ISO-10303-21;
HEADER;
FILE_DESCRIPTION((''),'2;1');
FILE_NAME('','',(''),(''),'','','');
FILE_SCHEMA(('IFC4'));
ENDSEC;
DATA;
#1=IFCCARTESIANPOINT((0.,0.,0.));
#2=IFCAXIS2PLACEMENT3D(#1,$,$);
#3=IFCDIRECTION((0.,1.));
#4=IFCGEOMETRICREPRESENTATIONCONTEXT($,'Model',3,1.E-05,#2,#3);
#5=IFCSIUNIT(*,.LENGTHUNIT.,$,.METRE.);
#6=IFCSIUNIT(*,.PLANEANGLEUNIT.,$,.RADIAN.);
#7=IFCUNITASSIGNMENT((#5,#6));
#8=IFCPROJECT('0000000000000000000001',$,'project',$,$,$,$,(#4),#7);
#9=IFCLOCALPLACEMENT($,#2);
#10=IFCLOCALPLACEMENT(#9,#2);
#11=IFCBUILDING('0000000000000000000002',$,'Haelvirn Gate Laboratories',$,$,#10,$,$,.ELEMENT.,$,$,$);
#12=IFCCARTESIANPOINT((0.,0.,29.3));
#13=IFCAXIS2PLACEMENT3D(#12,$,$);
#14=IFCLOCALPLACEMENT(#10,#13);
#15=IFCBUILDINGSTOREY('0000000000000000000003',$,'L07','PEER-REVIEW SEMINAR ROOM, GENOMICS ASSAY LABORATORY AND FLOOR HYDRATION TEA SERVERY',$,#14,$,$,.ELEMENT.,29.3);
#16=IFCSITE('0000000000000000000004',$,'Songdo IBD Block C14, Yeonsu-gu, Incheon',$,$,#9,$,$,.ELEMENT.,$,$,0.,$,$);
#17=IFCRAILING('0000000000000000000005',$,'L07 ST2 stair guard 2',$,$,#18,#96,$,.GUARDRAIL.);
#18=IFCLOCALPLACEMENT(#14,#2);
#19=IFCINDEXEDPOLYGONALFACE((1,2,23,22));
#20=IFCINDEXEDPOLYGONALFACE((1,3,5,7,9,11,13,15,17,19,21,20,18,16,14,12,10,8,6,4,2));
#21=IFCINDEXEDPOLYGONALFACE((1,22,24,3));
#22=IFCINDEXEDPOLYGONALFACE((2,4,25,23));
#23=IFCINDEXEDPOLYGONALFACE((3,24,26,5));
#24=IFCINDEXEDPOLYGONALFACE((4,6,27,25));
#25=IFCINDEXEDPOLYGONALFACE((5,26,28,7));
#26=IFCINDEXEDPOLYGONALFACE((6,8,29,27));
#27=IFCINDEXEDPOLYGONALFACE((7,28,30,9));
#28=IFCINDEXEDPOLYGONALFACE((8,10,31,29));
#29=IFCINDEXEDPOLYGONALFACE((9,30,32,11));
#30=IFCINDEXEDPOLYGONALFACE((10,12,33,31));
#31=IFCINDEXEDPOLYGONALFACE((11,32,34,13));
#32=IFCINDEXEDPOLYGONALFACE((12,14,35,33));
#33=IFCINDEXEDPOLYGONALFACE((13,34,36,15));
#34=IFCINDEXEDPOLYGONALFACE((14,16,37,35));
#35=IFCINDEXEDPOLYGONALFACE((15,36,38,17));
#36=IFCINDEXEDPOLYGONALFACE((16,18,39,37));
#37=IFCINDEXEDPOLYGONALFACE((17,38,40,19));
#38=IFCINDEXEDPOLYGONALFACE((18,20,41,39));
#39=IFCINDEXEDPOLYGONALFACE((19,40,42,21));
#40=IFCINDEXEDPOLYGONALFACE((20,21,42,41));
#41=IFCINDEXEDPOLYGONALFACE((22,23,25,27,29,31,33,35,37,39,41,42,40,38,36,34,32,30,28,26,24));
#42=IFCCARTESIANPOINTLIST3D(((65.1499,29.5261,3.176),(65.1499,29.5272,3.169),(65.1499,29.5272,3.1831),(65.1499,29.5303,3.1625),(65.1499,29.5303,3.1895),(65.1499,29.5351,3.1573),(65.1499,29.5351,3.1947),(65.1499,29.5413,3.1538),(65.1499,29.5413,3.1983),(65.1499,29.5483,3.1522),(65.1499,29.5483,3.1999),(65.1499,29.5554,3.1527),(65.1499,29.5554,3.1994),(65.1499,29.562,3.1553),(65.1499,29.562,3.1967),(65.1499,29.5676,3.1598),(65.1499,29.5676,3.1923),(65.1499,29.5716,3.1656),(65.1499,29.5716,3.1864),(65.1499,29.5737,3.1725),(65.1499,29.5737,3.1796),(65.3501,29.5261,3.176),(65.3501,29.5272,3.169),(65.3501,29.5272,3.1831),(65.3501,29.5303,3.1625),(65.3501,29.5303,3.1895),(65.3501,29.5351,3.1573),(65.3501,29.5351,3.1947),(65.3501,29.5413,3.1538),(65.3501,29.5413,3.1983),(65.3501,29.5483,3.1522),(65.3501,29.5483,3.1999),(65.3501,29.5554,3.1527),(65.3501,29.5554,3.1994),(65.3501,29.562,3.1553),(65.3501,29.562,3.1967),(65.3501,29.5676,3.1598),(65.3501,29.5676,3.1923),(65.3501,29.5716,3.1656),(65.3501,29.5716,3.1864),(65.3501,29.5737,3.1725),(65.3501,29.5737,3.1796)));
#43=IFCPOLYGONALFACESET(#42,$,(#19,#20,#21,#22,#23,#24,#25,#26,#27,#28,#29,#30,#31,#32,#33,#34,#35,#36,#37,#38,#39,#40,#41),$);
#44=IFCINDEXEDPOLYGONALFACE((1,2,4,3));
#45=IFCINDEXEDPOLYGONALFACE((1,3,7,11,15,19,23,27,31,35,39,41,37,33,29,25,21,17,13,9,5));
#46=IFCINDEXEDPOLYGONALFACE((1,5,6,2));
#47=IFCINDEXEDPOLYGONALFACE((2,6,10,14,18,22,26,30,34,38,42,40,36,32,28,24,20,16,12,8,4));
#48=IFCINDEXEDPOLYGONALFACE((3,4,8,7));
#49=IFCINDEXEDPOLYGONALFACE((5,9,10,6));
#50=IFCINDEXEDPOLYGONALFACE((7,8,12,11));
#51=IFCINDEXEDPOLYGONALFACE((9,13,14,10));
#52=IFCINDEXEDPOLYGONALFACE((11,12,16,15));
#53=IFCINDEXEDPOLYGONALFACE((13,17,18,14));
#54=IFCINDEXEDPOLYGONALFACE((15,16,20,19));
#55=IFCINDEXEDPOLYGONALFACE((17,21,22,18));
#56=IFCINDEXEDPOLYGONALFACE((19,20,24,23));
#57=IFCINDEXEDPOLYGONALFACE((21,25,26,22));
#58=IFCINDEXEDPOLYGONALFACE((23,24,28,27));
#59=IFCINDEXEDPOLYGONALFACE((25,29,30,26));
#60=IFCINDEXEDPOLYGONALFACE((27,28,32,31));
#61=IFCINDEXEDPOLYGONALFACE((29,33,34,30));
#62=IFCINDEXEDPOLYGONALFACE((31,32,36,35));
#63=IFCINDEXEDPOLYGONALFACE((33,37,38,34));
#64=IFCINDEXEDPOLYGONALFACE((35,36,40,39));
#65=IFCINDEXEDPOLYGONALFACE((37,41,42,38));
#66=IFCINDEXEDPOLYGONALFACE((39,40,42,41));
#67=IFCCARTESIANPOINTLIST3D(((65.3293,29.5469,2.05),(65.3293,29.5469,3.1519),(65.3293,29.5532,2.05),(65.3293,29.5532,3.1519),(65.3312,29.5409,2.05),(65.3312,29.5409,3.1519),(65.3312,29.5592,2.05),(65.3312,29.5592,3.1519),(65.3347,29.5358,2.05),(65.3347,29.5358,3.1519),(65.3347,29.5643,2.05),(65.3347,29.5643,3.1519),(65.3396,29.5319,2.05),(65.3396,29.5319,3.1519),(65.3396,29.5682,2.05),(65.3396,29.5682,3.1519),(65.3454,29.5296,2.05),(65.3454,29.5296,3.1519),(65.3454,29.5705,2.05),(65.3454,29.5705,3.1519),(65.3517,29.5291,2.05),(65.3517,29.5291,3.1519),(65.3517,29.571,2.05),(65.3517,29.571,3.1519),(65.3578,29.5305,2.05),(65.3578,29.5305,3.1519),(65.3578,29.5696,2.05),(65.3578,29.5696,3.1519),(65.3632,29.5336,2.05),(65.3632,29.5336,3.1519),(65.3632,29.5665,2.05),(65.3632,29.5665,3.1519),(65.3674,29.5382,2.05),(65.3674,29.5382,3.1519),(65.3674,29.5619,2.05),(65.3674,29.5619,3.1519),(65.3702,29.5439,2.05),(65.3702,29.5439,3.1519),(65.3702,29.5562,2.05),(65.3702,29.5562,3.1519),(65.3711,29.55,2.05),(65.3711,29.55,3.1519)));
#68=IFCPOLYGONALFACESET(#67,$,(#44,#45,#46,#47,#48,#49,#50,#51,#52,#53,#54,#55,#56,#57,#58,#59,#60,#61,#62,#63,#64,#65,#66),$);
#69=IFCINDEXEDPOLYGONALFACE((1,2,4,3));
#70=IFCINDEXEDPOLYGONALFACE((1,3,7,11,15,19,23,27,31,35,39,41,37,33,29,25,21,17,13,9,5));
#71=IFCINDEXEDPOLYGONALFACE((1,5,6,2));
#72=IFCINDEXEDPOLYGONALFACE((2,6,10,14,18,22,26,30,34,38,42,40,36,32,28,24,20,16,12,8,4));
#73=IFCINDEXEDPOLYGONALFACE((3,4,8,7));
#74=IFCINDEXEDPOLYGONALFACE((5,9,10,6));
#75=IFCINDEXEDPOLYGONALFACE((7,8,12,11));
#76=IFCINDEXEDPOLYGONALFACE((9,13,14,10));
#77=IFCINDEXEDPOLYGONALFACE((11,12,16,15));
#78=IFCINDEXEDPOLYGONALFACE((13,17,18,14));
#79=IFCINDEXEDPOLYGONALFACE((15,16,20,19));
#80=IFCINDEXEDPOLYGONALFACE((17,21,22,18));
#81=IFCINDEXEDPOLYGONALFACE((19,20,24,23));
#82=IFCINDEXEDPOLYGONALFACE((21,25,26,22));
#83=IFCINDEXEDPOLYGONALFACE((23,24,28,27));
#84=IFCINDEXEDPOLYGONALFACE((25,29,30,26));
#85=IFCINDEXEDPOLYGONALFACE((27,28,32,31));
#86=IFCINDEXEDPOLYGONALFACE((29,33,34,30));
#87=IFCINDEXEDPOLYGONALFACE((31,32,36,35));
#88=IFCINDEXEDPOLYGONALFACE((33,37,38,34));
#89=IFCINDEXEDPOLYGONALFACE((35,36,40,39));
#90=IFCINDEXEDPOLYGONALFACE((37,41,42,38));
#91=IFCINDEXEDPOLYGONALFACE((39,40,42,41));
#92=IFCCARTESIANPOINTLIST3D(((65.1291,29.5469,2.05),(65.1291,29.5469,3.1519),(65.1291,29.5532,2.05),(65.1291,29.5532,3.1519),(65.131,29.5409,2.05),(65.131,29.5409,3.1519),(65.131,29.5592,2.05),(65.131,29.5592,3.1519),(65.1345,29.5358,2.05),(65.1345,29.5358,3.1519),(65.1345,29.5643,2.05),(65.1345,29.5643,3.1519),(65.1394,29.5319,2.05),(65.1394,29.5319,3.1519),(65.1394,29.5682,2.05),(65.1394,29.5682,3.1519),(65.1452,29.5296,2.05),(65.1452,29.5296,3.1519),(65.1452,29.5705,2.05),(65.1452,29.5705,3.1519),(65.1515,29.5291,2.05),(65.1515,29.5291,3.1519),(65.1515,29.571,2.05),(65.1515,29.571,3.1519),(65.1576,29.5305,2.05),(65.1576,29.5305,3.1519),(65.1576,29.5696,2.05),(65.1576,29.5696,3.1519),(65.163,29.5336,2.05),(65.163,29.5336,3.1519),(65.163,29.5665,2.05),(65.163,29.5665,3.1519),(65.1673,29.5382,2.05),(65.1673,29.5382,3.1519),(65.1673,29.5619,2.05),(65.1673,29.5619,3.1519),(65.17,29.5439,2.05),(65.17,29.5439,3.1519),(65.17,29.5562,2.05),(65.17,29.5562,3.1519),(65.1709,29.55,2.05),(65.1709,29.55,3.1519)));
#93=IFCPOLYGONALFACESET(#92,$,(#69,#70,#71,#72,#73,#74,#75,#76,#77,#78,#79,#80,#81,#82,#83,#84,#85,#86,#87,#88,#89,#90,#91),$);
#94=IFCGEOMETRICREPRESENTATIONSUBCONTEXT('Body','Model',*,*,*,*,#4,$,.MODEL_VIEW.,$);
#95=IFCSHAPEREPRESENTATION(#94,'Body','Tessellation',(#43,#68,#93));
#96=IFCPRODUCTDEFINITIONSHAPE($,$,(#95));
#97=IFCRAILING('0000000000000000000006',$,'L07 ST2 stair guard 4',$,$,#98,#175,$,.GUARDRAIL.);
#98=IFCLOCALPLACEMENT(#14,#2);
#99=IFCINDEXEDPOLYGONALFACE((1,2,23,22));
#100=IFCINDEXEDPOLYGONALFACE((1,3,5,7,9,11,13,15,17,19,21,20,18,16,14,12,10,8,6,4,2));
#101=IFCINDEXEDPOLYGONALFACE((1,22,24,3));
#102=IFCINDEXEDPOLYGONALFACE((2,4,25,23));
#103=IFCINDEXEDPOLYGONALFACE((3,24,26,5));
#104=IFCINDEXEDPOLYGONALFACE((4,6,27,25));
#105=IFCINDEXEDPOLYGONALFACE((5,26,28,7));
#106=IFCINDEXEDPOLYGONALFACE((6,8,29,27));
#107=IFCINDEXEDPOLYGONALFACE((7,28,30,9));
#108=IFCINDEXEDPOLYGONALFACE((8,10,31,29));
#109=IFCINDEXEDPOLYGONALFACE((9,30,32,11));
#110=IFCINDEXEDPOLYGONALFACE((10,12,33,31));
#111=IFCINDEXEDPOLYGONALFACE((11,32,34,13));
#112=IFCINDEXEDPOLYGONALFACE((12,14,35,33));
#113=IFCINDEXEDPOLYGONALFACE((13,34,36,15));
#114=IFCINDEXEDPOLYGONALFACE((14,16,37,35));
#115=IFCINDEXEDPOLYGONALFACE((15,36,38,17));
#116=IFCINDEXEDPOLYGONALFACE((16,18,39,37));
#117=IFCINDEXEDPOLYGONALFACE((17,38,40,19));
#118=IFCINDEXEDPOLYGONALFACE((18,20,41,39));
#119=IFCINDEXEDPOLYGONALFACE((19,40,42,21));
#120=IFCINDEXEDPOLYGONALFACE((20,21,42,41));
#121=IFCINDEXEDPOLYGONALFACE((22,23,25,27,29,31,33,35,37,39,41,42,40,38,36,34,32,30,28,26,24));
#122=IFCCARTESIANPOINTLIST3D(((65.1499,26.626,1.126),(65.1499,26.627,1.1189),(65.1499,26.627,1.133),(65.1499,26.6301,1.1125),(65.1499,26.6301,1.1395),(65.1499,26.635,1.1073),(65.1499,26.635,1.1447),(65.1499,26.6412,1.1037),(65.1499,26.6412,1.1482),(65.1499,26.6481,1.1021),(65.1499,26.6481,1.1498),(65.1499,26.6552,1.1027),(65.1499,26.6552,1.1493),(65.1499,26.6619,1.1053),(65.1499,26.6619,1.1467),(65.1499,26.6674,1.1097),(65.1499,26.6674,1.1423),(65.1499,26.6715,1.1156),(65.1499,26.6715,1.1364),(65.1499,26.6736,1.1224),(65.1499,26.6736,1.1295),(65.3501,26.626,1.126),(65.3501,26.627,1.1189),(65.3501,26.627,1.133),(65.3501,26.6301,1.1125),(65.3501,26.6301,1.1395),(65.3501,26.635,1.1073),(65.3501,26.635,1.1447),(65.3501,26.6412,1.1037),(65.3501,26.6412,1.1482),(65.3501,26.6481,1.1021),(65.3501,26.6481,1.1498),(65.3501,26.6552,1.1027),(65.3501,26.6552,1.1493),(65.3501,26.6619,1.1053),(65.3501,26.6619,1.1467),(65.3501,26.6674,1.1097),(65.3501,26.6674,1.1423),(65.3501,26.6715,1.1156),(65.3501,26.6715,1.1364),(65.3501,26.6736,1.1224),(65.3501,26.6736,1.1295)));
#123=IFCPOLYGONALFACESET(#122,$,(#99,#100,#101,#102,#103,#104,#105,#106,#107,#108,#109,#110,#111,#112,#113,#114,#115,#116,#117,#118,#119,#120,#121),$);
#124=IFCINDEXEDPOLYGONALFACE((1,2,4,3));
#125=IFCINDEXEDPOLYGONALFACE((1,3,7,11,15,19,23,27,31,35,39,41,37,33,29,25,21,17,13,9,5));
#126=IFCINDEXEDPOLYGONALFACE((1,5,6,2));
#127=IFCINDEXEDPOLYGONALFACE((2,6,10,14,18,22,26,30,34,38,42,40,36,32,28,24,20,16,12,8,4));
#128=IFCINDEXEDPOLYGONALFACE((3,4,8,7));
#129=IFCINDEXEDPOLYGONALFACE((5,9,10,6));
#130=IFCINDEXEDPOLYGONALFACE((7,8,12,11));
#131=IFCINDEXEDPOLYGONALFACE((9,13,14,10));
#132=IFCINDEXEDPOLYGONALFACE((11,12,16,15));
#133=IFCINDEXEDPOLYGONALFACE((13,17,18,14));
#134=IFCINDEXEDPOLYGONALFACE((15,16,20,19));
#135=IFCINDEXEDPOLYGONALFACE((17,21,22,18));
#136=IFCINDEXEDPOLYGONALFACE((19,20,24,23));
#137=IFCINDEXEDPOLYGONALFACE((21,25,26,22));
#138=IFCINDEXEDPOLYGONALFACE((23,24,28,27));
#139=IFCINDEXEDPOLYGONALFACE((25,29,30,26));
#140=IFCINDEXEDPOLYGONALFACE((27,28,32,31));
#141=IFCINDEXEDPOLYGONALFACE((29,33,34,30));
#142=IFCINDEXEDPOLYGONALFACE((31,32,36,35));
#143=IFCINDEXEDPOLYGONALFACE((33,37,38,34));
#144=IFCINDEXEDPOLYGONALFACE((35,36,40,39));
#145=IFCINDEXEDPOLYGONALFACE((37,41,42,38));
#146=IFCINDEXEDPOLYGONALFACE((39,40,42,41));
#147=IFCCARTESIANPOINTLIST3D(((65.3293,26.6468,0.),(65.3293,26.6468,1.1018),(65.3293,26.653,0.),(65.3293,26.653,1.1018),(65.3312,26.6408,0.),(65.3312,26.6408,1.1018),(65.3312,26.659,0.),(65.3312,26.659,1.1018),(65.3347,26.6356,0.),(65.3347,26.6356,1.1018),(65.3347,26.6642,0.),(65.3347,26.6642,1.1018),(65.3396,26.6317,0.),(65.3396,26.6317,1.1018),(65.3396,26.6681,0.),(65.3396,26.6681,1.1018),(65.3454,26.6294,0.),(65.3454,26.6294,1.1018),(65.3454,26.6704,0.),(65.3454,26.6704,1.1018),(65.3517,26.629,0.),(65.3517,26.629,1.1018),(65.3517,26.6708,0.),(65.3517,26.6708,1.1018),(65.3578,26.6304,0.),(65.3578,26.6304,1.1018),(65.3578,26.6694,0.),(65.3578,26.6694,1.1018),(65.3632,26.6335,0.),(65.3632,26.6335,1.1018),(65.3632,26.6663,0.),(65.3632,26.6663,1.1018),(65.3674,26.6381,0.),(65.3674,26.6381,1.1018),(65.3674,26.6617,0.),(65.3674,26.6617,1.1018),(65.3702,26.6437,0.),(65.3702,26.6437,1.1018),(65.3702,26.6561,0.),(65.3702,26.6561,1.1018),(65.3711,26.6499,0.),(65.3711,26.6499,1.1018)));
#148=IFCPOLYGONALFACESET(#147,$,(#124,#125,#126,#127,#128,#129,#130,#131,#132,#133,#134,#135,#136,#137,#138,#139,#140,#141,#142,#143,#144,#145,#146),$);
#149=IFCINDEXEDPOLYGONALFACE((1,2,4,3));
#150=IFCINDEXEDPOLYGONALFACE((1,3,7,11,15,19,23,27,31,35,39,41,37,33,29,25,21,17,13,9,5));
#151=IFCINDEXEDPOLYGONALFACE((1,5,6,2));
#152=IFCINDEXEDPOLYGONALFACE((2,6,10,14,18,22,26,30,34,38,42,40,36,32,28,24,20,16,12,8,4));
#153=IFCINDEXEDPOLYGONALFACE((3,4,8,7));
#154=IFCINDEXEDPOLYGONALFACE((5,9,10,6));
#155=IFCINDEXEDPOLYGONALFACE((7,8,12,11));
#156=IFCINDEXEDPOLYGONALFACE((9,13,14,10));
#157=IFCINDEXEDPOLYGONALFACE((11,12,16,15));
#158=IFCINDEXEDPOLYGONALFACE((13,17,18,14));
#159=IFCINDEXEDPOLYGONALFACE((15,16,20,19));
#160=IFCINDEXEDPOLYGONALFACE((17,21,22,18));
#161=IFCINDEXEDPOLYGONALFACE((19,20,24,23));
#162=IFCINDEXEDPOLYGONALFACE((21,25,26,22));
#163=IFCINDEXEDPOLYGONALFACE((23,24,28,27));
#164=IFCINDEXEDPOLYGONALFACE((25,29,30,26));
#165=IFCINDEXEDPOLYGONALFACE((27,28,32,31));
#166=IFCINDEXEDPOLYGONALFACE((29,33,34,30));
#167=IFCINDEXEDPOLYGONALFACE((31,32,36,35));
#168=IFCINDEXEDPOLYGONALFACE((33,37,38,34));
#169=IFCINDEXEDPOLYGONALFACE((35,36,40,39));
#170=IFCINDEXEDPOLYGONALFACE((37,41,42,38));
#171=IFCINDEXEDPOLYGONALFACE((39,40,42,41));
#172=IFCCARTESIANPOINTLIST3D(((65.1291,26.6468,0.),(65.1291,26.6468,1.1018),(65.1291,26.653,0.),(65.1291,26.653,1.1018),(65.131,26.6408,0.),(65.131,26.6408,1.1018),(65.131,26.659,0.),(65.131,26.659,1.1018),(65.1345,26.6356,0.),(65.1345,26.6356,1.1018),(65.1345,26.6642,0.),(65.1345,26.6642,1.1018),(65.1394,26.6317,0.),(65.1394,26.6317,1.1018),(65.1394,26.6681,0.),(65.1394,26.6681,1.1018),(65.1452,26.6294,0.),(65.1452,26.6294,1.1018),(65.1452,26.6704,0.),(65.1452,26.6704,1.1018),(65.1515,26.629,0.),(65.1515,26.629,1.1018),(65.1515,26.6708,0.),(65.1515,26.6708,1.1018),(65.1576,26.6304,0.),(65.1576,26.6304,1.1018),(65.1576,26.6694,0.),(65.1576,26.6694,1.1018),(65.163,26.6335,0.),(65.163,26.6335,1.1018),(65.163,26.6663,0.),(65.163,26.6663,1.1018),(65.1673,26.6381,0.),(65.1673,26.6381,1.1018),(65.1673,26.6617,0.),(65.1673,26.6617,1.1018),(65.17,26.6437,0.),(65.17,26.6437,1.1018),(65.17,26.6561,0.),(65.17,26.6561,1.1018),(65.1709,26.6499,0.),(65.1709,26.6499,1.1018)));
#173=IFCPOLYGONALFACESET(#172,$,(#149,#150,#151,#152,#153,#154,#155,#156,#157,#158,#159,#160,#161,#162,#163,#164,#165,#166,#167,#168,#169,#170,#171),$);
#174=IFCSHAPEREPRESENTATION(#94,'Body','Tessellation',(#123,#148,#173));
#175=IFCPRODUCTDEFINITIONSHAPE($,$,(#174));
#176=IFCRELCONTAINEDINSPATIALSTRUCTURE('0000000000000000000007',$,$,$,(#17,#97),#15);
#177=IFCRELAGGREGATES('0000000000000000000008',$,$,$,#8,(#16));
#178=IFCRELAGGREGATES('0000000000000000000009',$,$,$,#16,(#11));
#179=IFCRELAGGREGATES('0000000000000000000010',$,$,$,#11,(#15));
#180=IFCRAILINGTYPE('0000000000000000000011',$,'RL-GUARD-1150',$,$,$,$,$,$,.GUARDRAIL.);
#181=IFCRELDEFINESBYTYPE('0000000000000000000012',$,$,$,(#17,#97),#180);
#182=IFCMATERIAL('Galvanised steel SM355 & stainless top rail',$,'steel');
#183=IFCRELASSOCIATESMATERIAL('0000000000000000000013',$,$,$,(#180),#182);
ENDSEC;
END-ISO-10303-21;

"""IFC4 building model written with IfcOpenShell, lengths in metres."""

from ifc_helpers import new_model, si_unit, direction, frame, origin, origin_2d, place, context, subcontext, project, spatial, circle, extrude, source, transform, mapped, material, type_object, element, save


model = new_model("IFC4")

# Units and contexts
model_context = context("Model", 3, precision=1e-05, world=origin(), true_north=direction((0.0, 1.0)))
body_context = subcontext(model_context, "Body", "Model", "MODEL_VIEW")
ifc_project = project(units=[si_unit("LENGTHUNIT", "METRE"), si_unit("PLANEANGLEUNIT", "RADIAN")], contexts=[model_context])

# Site, building, storey
site_placement = place(None, origin())
site = spatial("IfcSite", under=ifc_project, at=site_placement, Name="Songdo IBD Block C14, Yeonsu-gu, Incheon", CompositionType="ELEMENT", RefElevation=0.0)
building_placement = place(site_placement, origin())
building = spatial("IfcBuilding", under=site, at=building_placement, Name="Haelvirn Gate Laboratories", CompositionType="ELEMENT")
storey_placement = place(building_placement, frame((0.0, 0.0, 29.3)))
storey = spatial("IfcBuildingStorey", under=building, at=storey_placement, Name="L07", Description="PEER-REVIEW SEMINAR ROOM, GENOMICS ASSAY LABORATORY AND FLOOR HYDRATION TEA SERVERY", CompositionType="ELEMENT", Elevation=29.3)

# Railings
ifc_material_1 = material(Name="Galvanised steel SM355 & stainless top rail", Category="steel")
railing_type_1 = type_object("IfcRailingType", Name="RL-GUARD-1150", PredefinedType="GUARDRAIL", material=ifc_material_1)
shared_shape_1 = source(origin(), body_context, "Body", "SweptSolid", [
    extrude(circle(Radius=0.0239, at=origin_2d()), frame((0.0, 0.0, 1.126), z_axis=(-1.0, 0.0, 0.0), x_axis=(0.0, -1.0, 0.0)), (0.0, 0.0, 1.0), 0.2002),
    extrude(circle(Radius=0.021, at=origin_2d()), origin(), (0.0, 0.0, 1.0), 1.1018),
    extrude(circle(Radius=0.021, at=origin_2d()), frame((-0.2002, 0.0, 0.0)), (0.0, 0.0, 1.0), 1.1018),
])
for number, where, name in (
    (1, (65.3501, 29.55, 2.05), "L07 ST2 stair guard 2"),
    (2, (65.3501, 26.6499, 0.0), "L07 ST2 stair guard 4"),
):
    element("IfcRailing", number, at=place(storey_placement, frame(where)), inside=storey, type_object=railing_type_1, Name=name, PredefinedType="GUARDRAIL", context=body_context, shape_type="MappedRepresentation", body=[
        mapped(shared_shape_1, transform((0.0, 0.0, 0.0), scale=1.0)),
    ])

save(model, "model.ifc")
